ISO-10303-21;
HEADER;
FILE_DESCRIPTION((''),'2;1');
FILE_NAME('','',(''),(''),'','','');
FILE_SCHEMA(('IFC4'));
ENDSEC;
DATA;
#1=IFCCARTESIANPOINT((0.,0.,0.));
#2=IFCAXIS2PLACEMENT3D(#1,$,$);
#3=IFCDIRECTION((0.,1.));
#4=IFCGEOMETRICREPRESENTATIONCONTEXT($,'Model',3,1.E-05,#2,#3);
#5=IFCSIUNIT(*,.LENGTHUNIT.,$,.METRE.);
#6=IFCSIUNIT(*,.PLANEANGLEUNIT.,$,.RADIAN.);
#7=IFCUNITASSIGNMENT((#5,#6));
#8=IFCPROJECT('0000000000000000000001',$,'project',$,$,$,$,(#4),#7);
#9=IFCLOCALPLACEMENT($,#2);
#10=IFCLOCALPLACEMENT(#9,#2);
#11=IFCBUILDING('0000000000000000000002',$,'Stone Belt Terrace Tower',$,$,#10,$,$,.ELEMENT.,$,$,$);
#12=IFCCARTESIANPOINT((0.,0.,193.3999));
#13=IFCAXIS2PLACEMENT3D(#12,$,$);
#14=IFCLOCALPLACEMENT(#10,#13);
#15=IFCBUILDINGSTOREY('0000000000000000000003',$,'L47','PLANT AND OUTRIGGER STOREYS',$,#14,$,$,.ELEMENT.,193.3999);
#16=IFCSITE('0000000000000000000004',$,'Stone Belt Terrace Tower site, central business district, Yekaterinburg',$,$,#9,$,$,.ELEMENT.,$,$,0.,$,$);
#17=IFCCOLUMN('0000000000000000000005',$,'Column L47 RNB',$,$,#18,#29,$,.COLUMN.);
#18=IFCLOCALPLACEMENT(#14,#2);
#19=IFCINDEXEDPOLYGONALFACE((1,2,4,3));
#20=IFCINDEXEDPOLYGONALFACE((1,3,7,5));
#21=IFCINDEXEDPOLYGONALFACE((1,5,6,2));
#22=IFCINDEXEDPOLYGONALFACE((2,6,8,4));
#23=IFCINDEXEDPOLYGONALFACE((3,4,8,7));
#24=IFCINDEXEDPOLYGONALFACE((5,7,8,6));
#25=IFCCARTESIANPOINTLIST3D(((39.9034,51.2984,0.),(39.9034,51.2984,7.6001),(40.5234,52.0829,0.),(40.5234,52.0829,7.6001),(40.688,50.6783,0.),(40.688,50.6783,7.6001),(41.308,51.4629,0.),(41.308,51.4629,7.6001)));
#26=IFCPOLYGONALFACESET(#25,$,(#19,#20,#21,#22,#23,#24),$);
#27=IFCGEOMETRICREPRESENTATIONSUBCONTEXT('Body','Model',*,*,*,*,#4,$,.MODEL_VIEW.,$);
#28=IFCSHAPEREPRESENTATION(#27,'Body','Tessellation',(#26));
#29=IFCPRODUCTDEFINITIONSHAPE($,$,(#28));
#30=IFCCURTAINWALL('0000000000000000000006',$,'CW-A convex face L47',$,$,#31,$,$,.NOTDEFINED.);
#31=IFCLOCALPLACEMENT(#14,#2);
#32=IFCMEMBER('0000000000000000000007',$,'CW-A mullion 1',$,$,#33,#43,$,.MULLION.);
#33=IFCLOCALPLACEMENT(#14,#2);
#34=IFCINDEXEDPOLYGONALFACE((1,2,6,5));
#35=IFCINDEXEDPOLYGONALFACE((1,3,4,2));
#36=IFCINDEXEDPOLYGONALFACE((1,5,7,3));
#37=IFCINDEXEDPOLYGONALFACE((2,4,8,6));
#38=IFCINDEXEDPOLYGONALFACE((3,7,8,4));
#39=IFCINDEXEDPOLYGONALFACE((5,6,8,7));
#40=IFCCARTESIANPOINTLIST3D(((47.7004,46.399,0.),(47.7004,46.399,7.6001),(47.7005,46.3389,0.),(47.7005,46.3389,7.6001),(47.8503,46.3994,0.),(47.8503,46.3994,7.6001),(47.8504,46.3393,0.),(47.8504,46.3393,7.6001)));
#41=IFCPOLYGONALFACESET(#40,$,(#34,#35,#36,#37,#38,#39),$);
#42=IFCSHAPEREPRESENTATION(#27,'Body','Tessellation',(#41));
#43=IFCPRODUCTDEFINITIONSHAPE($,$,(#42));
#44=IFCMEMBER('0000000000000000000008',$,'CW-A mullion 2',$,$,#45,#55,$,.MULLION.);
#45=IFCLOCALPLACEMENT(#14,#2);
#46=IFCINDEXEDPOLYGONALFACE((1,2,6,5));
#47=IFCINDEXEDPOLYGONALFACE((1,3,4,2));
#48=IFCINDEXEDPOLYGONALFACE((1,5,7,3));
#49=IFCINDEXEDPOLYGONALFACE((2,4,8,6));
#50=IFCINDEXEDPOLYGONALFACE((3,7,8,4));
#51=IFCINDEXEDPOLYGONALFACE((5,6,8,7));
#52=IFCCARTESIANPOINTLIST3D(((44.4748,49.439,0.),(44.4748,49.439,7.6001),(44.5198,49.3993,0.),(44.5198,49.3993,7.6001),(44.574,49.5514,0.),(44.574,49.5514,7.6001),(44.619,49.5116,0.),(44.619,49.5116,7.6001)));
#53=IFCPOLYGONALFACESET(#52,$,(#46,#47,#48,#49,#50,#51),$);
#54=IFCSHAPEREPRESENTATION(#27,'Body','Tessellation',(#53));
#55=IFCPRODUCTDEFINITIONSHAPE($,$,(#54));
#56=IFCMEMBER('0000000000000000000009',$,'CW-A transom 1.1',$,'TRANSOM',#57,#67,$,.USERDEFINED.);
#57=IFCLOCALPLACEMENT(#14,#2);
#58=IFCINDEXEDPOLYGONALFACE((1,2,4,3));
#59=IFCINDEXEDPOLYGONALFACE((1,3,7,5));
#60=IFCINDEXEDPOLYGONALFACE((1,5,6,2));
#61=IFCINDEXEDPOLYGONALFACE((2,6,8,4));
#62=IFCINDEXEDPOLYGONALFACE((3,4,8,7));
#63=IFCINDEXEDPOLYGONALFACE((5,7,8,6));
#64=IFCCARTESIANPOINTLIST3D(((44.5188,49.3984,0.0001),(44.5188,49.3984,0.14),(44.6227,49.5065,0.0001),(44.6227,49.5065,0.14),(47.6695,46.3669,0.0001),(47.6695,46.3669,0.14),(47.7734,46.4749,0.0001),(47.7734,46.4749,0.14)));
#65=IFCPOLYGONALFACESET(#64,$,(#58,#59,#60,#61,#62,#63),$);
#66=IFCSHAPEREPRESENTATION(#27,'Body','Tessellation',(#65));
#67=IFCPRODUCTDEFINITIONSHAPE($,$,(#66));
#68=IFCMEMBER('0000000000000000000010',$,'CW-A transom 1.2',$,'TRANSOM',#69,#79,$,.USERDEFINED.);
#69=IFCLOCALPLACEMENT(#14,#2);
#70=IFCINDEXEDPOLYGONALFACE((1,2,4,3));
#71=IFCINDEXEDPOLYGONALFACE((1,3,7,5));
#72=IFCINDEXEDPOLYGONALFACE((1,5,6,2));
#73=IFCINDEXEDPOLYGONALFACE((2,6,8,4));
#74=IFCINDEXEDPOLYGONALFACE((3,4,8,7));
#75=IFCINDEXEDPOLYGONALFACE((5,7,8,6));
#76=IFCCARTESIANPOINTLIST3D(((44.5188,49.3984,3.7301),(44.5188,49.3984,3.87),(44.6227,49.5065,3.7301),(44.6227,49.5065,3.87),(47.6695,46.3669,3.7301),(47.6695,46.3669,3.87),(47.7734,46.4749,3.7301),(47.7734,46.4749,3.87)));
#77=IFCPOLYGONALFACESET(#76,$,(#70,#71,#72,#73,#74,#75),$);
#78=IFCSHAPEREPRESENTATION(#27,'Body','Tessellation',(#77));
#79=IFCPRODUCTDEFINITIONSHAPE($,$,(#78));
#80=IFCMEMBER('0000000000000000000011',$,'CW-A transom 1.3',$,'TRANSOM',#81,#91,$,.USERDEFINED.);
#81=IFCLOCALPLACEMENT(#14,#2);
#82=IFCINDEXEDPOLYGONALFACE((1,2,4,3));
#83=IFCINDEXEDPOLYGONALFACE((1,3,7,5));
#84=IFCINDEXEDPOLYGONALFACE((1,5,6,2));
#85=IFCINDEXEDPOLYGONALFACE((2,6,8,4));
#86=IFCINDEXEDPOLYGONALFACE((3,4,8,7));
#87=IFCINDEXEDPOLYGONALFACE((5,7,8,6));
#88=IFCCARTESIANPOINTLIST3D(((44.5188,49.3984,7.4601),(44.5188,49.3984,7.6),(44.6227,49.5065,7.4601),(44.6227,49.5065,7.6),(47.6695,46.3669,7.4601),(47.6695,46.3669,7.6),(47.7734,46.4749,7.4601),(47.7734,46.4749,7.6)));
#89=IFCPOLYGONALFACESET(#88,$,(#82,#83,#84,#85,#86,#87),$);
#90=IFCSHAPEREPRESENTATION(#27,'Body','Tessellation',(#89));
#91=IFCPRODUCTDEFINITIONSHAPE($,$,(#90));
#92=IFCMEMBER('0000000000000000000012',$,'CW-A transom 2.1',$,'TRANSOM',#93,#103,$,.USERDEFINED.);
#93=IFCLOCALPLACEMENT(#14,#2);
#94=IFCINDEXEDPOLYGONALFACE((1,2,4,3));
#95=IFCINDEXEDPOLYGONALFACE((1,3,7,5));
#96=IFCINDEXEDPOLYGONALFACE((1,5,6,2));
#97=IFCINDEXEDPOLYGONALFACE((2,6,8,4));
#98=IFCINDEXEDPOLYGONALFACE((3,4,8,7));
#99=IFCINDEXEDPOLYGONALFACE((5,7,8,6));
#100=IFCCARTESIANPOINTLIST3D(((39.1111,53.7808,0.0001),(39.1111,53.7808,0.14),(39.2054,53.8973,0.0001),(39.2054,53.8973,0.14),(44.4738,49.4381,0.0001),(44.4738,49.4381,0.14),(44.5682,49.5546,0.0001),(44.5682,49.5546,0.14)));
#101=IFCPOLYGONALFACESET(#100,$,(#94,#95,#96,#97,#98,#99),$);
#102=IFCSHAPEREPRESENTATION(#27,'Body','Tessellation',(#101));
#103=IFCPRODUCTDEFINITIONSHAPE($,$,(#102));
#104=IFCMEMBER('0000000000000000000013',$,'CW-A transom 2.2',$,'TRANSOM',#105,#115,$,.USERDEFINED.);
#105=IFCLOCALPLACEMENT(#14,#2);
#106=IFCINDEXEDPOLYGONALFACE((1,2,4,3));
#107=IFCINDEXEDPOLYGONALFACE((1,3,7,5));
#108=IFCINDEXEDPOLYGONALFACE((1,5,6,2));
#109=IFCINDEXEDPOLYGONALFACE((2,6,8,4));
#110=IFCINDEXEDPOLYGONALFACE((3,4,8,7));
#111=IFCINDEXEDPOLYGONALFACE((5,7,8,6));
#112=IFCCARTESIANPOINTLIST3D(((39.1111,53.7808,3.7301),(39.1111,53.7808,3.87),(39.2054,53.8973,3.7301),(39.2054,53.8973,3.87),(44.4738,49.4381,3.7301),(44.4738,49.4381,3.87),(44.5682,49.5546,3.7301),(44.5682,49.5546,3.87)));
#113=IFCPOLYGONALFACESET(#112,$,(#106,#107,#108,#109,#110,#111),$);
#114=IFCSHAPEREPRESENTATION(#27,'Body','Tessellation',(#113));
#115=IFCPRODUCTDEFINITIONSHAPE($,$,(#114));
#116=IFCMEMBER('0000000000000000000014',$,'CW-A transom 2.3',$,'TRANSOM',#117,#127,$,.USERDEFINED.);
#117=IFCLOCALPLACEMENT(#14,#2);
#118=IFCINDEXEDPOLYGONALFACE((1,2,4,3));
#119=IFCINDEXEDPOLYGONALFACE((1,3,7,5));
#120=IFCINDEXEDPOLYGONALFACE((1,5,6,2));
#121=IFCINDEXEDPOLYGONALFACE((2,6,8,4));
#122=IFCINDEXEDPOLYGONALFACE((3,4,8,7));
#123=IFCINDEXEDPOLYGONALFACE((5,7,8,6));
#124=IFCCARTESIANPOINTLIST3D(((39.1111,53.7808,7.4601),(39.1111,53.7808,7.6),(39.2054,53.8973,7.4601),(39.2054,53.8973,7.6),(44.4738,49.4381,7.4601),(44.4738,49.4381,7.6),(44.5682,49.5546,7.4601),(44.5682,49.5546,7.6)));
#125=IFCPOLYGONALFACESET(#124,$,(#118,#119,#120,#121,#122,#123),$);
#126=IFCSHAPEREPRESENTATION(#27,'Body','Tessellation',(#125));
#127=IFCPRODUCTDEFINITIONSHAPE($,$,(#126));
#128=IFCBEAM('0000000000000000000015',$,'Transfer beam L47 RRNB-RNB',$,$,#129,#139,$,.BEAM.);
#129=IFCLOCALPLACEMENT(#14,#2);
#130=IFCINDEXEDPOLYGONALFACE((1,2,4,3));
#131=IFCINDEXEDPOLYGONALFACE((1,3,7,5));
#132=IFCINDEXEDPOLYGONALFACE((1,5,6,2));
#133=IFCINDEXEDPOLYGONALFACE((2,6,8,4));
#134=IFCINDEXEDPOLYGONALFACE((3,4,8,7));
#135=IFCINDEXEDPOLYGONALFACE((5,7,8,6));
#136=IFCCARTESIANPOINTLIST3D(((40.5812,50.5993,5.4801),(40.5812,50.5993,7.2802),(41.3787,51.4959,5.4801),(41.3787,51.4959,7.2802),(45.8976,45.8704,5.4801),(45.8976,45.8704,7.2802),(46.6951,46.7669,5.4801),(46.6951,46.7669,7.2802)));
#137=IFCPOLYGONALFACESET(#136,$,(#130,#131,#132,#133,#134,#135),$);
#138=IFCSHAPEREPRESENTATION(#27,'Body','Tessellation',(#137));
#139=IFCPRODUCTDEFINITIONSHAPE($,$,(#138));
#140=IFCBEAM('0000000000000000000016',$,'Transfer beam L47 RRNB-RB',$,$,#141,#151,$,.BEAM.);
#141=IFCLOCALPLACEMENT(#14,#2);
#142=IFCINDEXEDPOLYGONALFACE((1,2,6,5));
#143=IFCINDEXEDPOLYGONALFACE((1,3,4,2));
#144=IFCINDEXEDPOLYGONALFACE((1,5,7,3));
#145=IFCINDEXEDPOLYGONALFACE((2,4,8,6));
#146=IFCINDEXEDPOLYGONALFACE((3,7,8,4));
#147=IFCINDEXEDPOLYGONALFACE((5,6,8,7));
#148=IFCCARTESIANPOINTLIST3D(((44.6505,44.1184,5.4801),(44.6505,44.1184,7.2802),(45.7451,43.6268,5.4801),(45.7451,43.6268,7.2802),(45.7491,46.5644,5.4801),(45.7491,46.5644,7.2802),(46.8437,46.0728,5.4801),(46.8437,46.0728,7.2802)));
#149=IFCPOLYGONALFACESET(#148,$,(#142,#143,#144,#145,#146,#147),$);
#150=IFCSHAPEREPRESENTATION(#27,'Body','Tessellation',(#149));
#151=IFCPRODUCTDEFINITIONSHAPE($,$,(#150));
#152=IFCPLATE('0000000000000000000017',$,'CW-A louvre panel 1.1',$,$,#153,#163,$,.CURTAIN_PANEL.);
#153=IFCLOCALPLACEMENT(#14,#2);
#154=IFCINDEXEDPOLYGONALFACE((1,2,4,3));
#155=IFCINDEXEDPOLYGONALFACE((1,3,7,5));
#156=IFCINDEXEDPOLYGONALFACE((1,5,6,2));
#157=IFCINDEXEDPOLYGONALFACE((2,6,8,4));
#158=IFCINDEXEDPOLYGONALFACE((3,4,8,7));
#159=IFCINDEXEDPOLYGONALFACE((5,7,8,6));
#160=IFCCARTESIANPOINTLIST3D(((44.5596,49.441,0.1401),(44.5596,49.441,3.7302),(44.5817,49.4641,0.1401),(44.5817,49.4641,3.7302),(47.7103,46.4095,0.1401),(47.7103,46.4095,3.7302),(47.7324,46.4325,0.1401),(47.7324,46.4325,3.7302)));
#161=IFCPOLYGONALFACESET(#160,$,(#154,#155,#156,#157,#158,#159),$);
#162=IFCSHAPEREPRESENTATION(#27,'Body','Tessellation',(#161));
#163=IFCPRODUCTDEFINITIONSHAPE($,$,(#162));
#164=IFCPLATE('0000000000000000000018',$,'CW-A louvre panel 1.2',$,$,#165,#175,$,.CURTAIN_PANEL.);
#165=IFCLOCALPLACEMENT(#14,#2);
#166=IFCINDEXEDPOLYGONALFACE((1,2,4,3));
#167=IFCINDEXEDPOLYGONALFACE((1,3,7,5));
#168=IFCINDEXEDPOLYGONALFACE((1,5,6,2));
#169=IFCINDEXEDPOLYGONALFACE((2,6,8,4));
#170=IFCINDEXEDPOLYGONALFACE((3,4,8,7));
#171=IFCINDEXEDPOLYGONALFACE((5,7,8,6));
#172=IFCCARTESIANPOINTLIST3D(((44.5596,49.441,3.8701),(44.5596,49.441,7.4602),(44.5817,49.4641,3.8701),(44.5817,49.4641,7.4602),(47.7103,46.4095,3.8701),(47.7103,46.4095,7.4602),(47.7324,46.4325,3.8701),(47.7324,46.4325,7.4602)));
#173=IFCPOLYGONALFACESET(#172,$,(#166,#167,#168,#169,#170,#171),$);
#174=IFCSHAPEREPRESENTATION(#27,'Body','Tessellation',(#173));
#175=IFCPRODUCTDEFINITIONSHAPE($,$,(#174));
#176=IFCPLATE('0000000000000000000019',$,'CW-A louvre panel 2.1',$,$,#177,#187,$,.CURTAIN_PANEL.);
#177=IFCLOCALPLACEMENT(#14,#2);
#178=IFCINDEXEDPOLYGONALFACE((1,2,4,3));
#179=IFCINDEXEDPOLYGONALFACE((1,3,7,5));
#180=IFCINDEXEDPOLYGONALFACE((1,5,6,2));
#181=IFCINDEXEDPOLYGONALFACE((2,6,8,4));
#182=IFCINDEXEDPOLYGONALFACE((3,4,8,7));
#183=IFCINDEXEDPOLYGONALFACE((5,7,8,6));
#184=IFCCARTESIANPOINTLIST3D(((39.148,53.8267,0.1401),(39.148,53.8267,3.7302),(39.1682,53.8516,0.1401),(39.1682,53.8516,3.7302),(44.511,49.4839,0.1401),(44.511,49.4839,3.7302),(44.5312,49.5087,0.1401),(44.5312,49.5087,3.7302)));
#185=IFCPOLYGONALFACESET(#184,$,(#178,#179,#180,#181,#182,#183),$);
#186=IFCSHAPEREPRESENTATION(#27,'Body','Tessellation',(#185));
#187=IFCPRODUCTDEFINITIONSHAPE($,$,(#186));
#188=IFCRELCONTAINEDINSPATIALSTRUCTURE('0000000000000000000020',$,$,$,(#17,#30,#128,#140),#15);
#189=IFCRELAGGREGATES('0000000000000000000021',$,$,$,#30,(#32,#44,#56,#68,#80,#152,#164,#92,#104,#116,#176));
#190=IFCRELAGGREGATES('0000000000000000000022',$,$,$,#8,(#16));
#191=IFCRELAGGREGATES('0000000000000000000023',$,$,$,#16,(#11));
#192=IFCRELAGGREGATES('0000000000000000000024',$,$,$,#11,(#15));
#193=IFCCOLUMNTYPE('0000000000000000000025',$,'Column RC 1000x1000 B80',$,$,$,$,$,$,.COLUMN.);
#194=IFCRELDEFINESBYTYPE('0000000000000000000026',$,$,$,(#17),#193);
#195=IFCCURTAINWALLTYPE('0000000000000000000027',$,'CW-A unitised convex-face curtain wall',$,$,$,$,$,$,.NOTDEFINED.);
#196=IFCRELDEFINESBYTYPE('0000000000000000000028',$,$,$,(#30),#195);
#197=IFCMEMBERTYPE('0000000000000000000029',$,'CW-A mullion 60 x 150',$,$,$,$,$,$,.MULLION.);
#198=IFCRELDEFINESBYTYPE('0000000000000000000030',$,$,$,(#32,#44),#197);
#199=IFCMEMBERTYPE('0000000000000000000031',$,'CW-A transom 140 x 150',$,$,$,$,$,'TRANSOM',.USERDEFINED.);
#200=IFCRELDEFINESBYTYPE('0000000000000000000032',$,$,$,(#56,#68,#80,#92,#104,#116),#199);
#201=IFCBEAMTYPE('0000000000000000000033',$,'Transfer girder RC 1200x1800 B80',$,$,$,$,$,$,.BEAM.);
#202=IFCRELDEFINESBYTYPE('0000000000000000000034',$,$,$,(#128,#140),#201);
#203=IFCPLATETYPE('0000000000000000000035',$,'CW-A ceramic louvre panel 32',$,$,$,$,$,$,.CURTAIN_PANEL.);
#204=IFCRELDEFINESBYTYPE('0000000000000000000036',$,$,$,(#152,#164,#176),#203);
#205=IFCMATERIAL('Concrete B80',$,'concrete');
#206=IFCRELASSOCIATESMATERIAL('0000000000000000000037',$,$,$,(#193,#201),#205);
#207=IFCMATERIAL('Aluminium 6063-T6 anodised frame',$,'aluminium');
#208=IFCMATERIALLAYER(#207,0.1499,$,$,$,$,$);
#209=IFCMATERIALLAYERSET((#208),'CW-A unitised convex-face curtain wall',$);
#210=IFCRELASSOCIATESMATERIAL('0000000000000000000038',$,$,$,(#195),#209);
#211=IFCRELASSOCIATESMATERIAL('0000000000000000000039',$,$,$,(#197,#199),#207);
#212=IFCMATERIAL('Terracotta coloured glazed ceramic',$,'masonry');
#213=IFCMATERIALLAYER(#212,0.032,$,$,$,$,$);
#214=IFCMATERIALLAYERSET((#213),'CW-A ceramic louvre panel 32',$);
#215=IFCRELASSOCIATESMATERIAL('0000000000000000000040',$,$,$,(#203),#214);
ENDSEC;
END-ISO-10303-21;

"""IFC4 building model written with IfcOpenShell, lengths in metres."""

from ifc_helpers import new_model, si_unit, direction, frame, origin, origin_2d, place, context, subcontext, project, spatial, rectangle, extrude, material, layer, layer_set, material_profile, profile_set, type_object, element, aggregate, save


model = new_model("IFC4")

# Units and contexts
model_context = context("Model", 3, precision=1e-05, world=origin(), true_north=direction((0.0, 1.0)))
body_context = subcontext(model_context, "Body", "Model", "MODEL_VIEW")
ifc_project = project(units=[si_unit("LENGTHUNIT", "METRE"), si_unit("PLANEANGLEUNIT", "RADIAN")], contexts=[model_context])

# Site, building, storey
site_placement = place(None, origin())
site = spatial("IfcSite", under=ifc_project, at=site_placement, Name="Stone Belt Terrace Tower site, central business district, Yekaterinburg", CompositionType="ELEMENT", RefElevation=0.0)
building_placement = place(site_placement, origin())
building = spatial("IfcBuilding", under=site, at=building_placement, Name="Stone Belt Terrace Tower", CompositionType="ELEMENT")
storey_placement = place(building_placement, frame((0.0, 0.0, 193.3999)))
storey = spatial("IfcBuildingStorey", under=building, at=storey_placement, Name="L47", Description="PLANT AND OUTRIGGER STOREYS", CompositionType="ELEMENT", Elevation=193.3999)

# Column
ifc_material_1 = material(Name="Concrete B80", Category="concrete")
ifc_material_profile_1 = material_profile(ifc_material_1, rectangle(XDim=1.0, YDim=1.0, at=origin_2d()), Name="RC 1000x1000")
ifc_profile_set_1 = profile_set([ifc_material_profile_1], Name="Concrete B80")
column_type = type_object("IfcColumnType", Name="Column RC 1000x1000 B80", PredefinedType="COLUMN", material=ifc_profile_set_1)
column_placement = place(storey_placement, frame((40.6057, 51.3806, 0.0), z_axis=(0.0, 0.0, 1.0), x_axis=(0.78457, -0.620041, 0.0)))
element("IfcColumn", 1, at=column_placement, inside=storey, type_object=column_type, Name="Column L47 RNB", PredefinedType="COLUMN", context=body_context, shape_type="SweptSolid", body=[
    extrude(rectangle(XDim=1.0, YDim=1.0, at=origin_2d()), origin(), (0.0, 0.0, 1.0), 7.6001),
])

# Curtain wall, members
ifc_material_2 = material(Name="Aluminium 6063-T6 anodised frame", Category="aluminium")
ifc_layer_1 = layer(ifc_material_2, 0.1499)
ifc_layer_set_1 = layer_set([ifc_layer_1], Name="CW-A unitised convex-face curtain wall")
curtain_wall_type_1 = type_object("IfcCurtainWallType", Name="CW-A unitised convex-face curtain wall", PredefinedType="NOTDEFINED", material=ifc_layer_set_1)
curtain_wall_1_placement = place(storey_placement, origin())
curtain_wall_1 = element("IfcCurtainWall", 2, at=curtain_wall_1_placement, inside=storey, type_object=curtain_wall_type_1, Name="CW-A convex face L47", PredefinedType="NOTDEFINED")
ifc_material_profile_2 = material_profile(ifc_material_2, rectangle(XDim=0.1499, YDim=0.0601, at=origin_2d()), Name="Aluminium 6063-T6 60x150")
ifc_profile_set_2 = profile_set([ifc_material_profile_2], Name="Aluminium 6063-T6 anodised frame")
member_type_1 = type_object("IfcMemberType", Name="CW-A mullion 60 x 150", PredefinedType="MULLION", material=ifc_profile_set_2)
member_1_placement = place(storey_placement, frame((47.7754, 46.3691, 0.0), z_axis=(0.0, 0.0, 1.0), x_axis=(-0.999996, -0.002733, 0.0)))
member_1 = element("IfcMember", 3, at=member_1_placement, type_object=member_type_1, Name="CW-A mullion 1", PredefinedType="MULLION", context=body_context, shape_type="SweptSolid", body=[
    extrude(rectangle(XDim=0.1499, YDim=0.0601, at=origin_2d()), origin(), (0.0, 0.0, 1.0), 7.6001),
])
member_2_placement = place(storey_placement, frame((44.5469, 49.4753, 0.0), z_axis=(0.0, 0.0, 1.0), x_axis=(-0.661937, -0.749559, 0.0)))
member_2 = element("IfcMember", 4, at=member_2_placement, type_object=member_type_1, Name="CW-A mullion 2", PredefinedType="MULLION", context=body_context, shape_type="SweptSolid", body=[
    extrude(rectangle(XDim=0.1499, YDim=0.0601, at=origin_2d()), origin(), (0.0, 0.0, 1.0), 7.6001),
])
ifc_material_profile_3 = material_profile(ifc_material_2, rectangle(XDim=0.1499, YDim=0.1399, at=origin_2d()), Name="Aluminium 6063-T6 150x140")
ifc_profile_set_3 = profile_set([ifc_material_profile_3], Name="Aluminium 6063-T6 anodised frame")
member_type_2 = type_object("IfcMemberType", Name="CW-A transom 140 x 150", ElementType="TRANSOM", PredefinedType="USERDEFINED", material=ifc_profile_set_3)
member_3_placement = place(storey_placement, frame((47.7214, 46.4209, 0.0701), z_axis=(-0.7206, 0.693351, 0.0), x_axis=(-0.693351, -0.7206, 0.0)))
member_3 = element("IfcMember", 5, at=member_3_placement, type_object=member_type_2, Name="CW-A transom 1.1", ObjectType="TRANSOM", PredefinedType="USERDEFINED", context=body_context, shape_type="SweptSolid", body=[
    extrude(rectangle(XDim=0.1499, YDim=0.1399, at=origin_2d()), origin(), (0.0, 0.0, 1.0), 4.3723),
])
member_4_placement = place(storey_placement, frame((47.7214, 46.4209, 3.8), z_axis=(-0.7206, 0.693351, 0.0), x_axis=(-0.693351, -0.7206, 0.0)))
member_4 = element("IfcMember", 6, at=member_4_placement, type_object=member_type_2, Name="CW-A transom 1.2", ObjectType="TRANSOM", PredefinedType="USERDEFINED", context=body_context, shape_type="SweptSolid", body=[
    extrude(rectangle(XDim=0.1499, YDim=0.1399, at=origin_2d()), origin(), (0.0, 0.0, 1.0), 4.3723),
])
member_5_placement = place(storey_placement, frame((47.7214, 46.4209, 7.53), z_axis=(-0.7206, 0.693351, 0.0), x_axis=(-0.693351, -0.7206, 0.0)))
member_5 = element("IfcMember", 7, at=member_5_placement, type_object=member_type_2, Name="CW-A transom 1.3", ObjectType="TRANSOM", PredefinedType="USERDEFINED", context=body_context, shape_type="SweptSolid", body=[
    extrude(rectangle(XDim=0.1499, YDim=0.1399, at=origin_2d()), origin(), (0.0, 0.0, 1.0), 4.3723),
])
member_6_placement = place(storey_placement, frame((44.521, 49.4963, 0.0701), z_axis=(-0.777141, 0.629326, 0.0), x_axis=(-0.629326, -0.777141, 0.0)))
member_6 = element("IfcMember", 8, at=member_6_placement, type_object=member_type_2, Name="CW-A transom 2.1", ObjectType="TRANSOM", PredefinedType="USERDEFINED", context=body_context, shape_type="SweptSolid", body=[
    extrude(rectangle(XDim=0.1499, YDim=0.1399, at=origin_2d()), origin(), (0.0, 0.0, 1.0), 6.9006),
])
member_7_placement = place(storey_placement, frame((44.521, 49.4963, 3.8), z_axis=(-0.777141, 0.629326, 0.0), x_axis=(-0.629326, -0.777141, 0.0)))
member_7 = element("IfcMember", 9, at=member_7_placement, type_object=member_type_2, Name="CW-A transom 2.2", ObjectType="TRANSOM", PredefinedType="USERDEFINED", context=body_context, shape_type="SweptSolid", body=[
    extrude(rectangle(XDim=0.1499, YDim=0.1399, at=origin_2d()), origin(), (0.0, 0.0, 1.0), 6.9006),
])
member_8_placement = place(storey_placement, frame((44.521, 49.4963, 7.53), z_axis=(-0.777141, 0.629326, 0.0), x_axis=(-0.629326, -0.777141, 0.0)))
member_8 = element("IfcMember", 10, at=member_8_placement, type_object=member_type_2, Name="CW-A transom 2.3", ObjectType="TRANSOM", PredefinedType="USERDEFINED", context=body_context, shape_type="SweptSolid", body=[
    extrude(rectangle(XDim=0.1499, YDim=0.1399, at=origin_2d()), origin(), (0.0, 0.0, 1.0), 6.9006),
])

# Beams
ifc_material_profile_4 = material_profile(ifc_material_1, rectangle(XDim=1.2, YDim=1.8, at=origin_2d()), Name="RC 1200x1800")
ifc_profile_set_4 = profile_set([ifc_material_profile_4], Name="Concrete B80")
beam_type = type_object("IfcBeamType", Name="Transfer girder RC 1200x1800 B80", PredefinedType="BEAM", material=ifc_profile_set_4)
beam_1_placement = place(storey_placement, frame((40.98, 51.0476, 6.3801), z_axis=(0.747178, -0.664624, 0.0), x_axis=(0.664624, 0.747178, 0.0)))
element("IfcBeam", 11, at=beam_1_placement, inside=storey, type_object=beam_type, Name="Transfer beam L47 RRNB-RNB", PredefinedType="BEAM", context=body_context, shape_type="SweptSolid", body=[
    extrude(rectangle(XDim=1.2, YDim=1.8, at=origin_2d()), origin(), (0.0, 0.0, 1.0), 7.1152),
])
beam_2_placement = place(storey_placement, frame((46.2964, 46.3186, 6.3801), z_axis=(-0.409717, -0.912213, 0.0), x_axis=(0.912213, -0.409717, 0.0)))
element("IfcBeam", 12, at=beam_2_placement, inside=storey, type_object=beam_type, Name="Transfer beam L47 RRNB-RB", PredefinedType="BEAM", context=body_context, shape_type="SweptSolid", body=[
    extrude(rectangle(XDim=1.2, YDim=1.8, at=origin_2d()), origin(), (0.0, 0.0, 1.0), 2.6814),
])

# Plates
ifc_material_3 = material(Name="Terracotta coloured glazed ceramic", Category="masonry")
ifc_layer_2 = layer(ifc_material_3, 0.032)
ifc_layer_set_2 = layer_set([ifc_layer_2], Name="CW-A ceramic louvre panel 32")
plate_type_1 = type_object("IfcPlateType", Name="CW-A ceramic louvre panel 32", PredefinedType="CURTAIN_PANEL", material=ifc_layer_set_2)
plate_1_placement = place(storey_placement, frame((46.146, 47.9368, 0.1401), z_axis=(0.0, 0.0, 1.0), x_axis=(-0.720604, 0.693346, 0.0)))
plate_1 = element("IfcPlate", 13, at=plate_1_placement, type_object=plate_type_1, Name="CW-A louvre panel 1.1", PredefinedType="CURTAIN_PANEL", context=body_context, shape_type="SweptSolid", body=[
    extrude(rectangle(XDim=4.3723, YDim=0.032, at=origin_2d()), origin(), (0.0, 0.0, 1.0), 3.5901),
])
plate_2_placement = place(storey_placement, frame((46.146, 47.9368, 3.8701), z_axis=(0.0, 0.0, 1.0), x_axis=(-0.720604, 0.693346, 0.0)))
plate_2 = element("IfcPlate", 14, at=plate_2_placement, type_object=plate_type_1, Name="CW-A louvre panel 1.2", PredefinedType="CURTAIN_PANEL", context=body_context, shape_type="SweptSolid", body=[
    extrude(rectangle(XDim=4.3723, YDim=0.032, at=origin_2d()), origin(), (0.0, 0.0, 1.0), 3.5901),
])
plate_3_placement = place(storey_placement, frame((41.8396, 51.6677, 0.1401), z_axis=(0.0, 0.0, 1.0), x_axis=(-0.777146, 0.62932, 0.0)))
plate_3 = element("IfcPlate", 15, at=plate_3_placement, type_object=plate_type_1, Name="CW-A louvre panel 2.1", PredefinedType="CURTAIN_PANEL", context=body_context, shape_type="SweptSolid", body=[
    extrude(rectangle(XDim=6.9009, YDim=0.032, at=origin_2d()), origin(), (0.0, 0.0, 1.0), 3.5901),
])
aggregate(curtain_wall_1, [member_1, member_2, member_3, member_4, member_5, plate_1, plate_2, member_6, member_7, member_8, plate_3])

save(model, "model.ifc")
